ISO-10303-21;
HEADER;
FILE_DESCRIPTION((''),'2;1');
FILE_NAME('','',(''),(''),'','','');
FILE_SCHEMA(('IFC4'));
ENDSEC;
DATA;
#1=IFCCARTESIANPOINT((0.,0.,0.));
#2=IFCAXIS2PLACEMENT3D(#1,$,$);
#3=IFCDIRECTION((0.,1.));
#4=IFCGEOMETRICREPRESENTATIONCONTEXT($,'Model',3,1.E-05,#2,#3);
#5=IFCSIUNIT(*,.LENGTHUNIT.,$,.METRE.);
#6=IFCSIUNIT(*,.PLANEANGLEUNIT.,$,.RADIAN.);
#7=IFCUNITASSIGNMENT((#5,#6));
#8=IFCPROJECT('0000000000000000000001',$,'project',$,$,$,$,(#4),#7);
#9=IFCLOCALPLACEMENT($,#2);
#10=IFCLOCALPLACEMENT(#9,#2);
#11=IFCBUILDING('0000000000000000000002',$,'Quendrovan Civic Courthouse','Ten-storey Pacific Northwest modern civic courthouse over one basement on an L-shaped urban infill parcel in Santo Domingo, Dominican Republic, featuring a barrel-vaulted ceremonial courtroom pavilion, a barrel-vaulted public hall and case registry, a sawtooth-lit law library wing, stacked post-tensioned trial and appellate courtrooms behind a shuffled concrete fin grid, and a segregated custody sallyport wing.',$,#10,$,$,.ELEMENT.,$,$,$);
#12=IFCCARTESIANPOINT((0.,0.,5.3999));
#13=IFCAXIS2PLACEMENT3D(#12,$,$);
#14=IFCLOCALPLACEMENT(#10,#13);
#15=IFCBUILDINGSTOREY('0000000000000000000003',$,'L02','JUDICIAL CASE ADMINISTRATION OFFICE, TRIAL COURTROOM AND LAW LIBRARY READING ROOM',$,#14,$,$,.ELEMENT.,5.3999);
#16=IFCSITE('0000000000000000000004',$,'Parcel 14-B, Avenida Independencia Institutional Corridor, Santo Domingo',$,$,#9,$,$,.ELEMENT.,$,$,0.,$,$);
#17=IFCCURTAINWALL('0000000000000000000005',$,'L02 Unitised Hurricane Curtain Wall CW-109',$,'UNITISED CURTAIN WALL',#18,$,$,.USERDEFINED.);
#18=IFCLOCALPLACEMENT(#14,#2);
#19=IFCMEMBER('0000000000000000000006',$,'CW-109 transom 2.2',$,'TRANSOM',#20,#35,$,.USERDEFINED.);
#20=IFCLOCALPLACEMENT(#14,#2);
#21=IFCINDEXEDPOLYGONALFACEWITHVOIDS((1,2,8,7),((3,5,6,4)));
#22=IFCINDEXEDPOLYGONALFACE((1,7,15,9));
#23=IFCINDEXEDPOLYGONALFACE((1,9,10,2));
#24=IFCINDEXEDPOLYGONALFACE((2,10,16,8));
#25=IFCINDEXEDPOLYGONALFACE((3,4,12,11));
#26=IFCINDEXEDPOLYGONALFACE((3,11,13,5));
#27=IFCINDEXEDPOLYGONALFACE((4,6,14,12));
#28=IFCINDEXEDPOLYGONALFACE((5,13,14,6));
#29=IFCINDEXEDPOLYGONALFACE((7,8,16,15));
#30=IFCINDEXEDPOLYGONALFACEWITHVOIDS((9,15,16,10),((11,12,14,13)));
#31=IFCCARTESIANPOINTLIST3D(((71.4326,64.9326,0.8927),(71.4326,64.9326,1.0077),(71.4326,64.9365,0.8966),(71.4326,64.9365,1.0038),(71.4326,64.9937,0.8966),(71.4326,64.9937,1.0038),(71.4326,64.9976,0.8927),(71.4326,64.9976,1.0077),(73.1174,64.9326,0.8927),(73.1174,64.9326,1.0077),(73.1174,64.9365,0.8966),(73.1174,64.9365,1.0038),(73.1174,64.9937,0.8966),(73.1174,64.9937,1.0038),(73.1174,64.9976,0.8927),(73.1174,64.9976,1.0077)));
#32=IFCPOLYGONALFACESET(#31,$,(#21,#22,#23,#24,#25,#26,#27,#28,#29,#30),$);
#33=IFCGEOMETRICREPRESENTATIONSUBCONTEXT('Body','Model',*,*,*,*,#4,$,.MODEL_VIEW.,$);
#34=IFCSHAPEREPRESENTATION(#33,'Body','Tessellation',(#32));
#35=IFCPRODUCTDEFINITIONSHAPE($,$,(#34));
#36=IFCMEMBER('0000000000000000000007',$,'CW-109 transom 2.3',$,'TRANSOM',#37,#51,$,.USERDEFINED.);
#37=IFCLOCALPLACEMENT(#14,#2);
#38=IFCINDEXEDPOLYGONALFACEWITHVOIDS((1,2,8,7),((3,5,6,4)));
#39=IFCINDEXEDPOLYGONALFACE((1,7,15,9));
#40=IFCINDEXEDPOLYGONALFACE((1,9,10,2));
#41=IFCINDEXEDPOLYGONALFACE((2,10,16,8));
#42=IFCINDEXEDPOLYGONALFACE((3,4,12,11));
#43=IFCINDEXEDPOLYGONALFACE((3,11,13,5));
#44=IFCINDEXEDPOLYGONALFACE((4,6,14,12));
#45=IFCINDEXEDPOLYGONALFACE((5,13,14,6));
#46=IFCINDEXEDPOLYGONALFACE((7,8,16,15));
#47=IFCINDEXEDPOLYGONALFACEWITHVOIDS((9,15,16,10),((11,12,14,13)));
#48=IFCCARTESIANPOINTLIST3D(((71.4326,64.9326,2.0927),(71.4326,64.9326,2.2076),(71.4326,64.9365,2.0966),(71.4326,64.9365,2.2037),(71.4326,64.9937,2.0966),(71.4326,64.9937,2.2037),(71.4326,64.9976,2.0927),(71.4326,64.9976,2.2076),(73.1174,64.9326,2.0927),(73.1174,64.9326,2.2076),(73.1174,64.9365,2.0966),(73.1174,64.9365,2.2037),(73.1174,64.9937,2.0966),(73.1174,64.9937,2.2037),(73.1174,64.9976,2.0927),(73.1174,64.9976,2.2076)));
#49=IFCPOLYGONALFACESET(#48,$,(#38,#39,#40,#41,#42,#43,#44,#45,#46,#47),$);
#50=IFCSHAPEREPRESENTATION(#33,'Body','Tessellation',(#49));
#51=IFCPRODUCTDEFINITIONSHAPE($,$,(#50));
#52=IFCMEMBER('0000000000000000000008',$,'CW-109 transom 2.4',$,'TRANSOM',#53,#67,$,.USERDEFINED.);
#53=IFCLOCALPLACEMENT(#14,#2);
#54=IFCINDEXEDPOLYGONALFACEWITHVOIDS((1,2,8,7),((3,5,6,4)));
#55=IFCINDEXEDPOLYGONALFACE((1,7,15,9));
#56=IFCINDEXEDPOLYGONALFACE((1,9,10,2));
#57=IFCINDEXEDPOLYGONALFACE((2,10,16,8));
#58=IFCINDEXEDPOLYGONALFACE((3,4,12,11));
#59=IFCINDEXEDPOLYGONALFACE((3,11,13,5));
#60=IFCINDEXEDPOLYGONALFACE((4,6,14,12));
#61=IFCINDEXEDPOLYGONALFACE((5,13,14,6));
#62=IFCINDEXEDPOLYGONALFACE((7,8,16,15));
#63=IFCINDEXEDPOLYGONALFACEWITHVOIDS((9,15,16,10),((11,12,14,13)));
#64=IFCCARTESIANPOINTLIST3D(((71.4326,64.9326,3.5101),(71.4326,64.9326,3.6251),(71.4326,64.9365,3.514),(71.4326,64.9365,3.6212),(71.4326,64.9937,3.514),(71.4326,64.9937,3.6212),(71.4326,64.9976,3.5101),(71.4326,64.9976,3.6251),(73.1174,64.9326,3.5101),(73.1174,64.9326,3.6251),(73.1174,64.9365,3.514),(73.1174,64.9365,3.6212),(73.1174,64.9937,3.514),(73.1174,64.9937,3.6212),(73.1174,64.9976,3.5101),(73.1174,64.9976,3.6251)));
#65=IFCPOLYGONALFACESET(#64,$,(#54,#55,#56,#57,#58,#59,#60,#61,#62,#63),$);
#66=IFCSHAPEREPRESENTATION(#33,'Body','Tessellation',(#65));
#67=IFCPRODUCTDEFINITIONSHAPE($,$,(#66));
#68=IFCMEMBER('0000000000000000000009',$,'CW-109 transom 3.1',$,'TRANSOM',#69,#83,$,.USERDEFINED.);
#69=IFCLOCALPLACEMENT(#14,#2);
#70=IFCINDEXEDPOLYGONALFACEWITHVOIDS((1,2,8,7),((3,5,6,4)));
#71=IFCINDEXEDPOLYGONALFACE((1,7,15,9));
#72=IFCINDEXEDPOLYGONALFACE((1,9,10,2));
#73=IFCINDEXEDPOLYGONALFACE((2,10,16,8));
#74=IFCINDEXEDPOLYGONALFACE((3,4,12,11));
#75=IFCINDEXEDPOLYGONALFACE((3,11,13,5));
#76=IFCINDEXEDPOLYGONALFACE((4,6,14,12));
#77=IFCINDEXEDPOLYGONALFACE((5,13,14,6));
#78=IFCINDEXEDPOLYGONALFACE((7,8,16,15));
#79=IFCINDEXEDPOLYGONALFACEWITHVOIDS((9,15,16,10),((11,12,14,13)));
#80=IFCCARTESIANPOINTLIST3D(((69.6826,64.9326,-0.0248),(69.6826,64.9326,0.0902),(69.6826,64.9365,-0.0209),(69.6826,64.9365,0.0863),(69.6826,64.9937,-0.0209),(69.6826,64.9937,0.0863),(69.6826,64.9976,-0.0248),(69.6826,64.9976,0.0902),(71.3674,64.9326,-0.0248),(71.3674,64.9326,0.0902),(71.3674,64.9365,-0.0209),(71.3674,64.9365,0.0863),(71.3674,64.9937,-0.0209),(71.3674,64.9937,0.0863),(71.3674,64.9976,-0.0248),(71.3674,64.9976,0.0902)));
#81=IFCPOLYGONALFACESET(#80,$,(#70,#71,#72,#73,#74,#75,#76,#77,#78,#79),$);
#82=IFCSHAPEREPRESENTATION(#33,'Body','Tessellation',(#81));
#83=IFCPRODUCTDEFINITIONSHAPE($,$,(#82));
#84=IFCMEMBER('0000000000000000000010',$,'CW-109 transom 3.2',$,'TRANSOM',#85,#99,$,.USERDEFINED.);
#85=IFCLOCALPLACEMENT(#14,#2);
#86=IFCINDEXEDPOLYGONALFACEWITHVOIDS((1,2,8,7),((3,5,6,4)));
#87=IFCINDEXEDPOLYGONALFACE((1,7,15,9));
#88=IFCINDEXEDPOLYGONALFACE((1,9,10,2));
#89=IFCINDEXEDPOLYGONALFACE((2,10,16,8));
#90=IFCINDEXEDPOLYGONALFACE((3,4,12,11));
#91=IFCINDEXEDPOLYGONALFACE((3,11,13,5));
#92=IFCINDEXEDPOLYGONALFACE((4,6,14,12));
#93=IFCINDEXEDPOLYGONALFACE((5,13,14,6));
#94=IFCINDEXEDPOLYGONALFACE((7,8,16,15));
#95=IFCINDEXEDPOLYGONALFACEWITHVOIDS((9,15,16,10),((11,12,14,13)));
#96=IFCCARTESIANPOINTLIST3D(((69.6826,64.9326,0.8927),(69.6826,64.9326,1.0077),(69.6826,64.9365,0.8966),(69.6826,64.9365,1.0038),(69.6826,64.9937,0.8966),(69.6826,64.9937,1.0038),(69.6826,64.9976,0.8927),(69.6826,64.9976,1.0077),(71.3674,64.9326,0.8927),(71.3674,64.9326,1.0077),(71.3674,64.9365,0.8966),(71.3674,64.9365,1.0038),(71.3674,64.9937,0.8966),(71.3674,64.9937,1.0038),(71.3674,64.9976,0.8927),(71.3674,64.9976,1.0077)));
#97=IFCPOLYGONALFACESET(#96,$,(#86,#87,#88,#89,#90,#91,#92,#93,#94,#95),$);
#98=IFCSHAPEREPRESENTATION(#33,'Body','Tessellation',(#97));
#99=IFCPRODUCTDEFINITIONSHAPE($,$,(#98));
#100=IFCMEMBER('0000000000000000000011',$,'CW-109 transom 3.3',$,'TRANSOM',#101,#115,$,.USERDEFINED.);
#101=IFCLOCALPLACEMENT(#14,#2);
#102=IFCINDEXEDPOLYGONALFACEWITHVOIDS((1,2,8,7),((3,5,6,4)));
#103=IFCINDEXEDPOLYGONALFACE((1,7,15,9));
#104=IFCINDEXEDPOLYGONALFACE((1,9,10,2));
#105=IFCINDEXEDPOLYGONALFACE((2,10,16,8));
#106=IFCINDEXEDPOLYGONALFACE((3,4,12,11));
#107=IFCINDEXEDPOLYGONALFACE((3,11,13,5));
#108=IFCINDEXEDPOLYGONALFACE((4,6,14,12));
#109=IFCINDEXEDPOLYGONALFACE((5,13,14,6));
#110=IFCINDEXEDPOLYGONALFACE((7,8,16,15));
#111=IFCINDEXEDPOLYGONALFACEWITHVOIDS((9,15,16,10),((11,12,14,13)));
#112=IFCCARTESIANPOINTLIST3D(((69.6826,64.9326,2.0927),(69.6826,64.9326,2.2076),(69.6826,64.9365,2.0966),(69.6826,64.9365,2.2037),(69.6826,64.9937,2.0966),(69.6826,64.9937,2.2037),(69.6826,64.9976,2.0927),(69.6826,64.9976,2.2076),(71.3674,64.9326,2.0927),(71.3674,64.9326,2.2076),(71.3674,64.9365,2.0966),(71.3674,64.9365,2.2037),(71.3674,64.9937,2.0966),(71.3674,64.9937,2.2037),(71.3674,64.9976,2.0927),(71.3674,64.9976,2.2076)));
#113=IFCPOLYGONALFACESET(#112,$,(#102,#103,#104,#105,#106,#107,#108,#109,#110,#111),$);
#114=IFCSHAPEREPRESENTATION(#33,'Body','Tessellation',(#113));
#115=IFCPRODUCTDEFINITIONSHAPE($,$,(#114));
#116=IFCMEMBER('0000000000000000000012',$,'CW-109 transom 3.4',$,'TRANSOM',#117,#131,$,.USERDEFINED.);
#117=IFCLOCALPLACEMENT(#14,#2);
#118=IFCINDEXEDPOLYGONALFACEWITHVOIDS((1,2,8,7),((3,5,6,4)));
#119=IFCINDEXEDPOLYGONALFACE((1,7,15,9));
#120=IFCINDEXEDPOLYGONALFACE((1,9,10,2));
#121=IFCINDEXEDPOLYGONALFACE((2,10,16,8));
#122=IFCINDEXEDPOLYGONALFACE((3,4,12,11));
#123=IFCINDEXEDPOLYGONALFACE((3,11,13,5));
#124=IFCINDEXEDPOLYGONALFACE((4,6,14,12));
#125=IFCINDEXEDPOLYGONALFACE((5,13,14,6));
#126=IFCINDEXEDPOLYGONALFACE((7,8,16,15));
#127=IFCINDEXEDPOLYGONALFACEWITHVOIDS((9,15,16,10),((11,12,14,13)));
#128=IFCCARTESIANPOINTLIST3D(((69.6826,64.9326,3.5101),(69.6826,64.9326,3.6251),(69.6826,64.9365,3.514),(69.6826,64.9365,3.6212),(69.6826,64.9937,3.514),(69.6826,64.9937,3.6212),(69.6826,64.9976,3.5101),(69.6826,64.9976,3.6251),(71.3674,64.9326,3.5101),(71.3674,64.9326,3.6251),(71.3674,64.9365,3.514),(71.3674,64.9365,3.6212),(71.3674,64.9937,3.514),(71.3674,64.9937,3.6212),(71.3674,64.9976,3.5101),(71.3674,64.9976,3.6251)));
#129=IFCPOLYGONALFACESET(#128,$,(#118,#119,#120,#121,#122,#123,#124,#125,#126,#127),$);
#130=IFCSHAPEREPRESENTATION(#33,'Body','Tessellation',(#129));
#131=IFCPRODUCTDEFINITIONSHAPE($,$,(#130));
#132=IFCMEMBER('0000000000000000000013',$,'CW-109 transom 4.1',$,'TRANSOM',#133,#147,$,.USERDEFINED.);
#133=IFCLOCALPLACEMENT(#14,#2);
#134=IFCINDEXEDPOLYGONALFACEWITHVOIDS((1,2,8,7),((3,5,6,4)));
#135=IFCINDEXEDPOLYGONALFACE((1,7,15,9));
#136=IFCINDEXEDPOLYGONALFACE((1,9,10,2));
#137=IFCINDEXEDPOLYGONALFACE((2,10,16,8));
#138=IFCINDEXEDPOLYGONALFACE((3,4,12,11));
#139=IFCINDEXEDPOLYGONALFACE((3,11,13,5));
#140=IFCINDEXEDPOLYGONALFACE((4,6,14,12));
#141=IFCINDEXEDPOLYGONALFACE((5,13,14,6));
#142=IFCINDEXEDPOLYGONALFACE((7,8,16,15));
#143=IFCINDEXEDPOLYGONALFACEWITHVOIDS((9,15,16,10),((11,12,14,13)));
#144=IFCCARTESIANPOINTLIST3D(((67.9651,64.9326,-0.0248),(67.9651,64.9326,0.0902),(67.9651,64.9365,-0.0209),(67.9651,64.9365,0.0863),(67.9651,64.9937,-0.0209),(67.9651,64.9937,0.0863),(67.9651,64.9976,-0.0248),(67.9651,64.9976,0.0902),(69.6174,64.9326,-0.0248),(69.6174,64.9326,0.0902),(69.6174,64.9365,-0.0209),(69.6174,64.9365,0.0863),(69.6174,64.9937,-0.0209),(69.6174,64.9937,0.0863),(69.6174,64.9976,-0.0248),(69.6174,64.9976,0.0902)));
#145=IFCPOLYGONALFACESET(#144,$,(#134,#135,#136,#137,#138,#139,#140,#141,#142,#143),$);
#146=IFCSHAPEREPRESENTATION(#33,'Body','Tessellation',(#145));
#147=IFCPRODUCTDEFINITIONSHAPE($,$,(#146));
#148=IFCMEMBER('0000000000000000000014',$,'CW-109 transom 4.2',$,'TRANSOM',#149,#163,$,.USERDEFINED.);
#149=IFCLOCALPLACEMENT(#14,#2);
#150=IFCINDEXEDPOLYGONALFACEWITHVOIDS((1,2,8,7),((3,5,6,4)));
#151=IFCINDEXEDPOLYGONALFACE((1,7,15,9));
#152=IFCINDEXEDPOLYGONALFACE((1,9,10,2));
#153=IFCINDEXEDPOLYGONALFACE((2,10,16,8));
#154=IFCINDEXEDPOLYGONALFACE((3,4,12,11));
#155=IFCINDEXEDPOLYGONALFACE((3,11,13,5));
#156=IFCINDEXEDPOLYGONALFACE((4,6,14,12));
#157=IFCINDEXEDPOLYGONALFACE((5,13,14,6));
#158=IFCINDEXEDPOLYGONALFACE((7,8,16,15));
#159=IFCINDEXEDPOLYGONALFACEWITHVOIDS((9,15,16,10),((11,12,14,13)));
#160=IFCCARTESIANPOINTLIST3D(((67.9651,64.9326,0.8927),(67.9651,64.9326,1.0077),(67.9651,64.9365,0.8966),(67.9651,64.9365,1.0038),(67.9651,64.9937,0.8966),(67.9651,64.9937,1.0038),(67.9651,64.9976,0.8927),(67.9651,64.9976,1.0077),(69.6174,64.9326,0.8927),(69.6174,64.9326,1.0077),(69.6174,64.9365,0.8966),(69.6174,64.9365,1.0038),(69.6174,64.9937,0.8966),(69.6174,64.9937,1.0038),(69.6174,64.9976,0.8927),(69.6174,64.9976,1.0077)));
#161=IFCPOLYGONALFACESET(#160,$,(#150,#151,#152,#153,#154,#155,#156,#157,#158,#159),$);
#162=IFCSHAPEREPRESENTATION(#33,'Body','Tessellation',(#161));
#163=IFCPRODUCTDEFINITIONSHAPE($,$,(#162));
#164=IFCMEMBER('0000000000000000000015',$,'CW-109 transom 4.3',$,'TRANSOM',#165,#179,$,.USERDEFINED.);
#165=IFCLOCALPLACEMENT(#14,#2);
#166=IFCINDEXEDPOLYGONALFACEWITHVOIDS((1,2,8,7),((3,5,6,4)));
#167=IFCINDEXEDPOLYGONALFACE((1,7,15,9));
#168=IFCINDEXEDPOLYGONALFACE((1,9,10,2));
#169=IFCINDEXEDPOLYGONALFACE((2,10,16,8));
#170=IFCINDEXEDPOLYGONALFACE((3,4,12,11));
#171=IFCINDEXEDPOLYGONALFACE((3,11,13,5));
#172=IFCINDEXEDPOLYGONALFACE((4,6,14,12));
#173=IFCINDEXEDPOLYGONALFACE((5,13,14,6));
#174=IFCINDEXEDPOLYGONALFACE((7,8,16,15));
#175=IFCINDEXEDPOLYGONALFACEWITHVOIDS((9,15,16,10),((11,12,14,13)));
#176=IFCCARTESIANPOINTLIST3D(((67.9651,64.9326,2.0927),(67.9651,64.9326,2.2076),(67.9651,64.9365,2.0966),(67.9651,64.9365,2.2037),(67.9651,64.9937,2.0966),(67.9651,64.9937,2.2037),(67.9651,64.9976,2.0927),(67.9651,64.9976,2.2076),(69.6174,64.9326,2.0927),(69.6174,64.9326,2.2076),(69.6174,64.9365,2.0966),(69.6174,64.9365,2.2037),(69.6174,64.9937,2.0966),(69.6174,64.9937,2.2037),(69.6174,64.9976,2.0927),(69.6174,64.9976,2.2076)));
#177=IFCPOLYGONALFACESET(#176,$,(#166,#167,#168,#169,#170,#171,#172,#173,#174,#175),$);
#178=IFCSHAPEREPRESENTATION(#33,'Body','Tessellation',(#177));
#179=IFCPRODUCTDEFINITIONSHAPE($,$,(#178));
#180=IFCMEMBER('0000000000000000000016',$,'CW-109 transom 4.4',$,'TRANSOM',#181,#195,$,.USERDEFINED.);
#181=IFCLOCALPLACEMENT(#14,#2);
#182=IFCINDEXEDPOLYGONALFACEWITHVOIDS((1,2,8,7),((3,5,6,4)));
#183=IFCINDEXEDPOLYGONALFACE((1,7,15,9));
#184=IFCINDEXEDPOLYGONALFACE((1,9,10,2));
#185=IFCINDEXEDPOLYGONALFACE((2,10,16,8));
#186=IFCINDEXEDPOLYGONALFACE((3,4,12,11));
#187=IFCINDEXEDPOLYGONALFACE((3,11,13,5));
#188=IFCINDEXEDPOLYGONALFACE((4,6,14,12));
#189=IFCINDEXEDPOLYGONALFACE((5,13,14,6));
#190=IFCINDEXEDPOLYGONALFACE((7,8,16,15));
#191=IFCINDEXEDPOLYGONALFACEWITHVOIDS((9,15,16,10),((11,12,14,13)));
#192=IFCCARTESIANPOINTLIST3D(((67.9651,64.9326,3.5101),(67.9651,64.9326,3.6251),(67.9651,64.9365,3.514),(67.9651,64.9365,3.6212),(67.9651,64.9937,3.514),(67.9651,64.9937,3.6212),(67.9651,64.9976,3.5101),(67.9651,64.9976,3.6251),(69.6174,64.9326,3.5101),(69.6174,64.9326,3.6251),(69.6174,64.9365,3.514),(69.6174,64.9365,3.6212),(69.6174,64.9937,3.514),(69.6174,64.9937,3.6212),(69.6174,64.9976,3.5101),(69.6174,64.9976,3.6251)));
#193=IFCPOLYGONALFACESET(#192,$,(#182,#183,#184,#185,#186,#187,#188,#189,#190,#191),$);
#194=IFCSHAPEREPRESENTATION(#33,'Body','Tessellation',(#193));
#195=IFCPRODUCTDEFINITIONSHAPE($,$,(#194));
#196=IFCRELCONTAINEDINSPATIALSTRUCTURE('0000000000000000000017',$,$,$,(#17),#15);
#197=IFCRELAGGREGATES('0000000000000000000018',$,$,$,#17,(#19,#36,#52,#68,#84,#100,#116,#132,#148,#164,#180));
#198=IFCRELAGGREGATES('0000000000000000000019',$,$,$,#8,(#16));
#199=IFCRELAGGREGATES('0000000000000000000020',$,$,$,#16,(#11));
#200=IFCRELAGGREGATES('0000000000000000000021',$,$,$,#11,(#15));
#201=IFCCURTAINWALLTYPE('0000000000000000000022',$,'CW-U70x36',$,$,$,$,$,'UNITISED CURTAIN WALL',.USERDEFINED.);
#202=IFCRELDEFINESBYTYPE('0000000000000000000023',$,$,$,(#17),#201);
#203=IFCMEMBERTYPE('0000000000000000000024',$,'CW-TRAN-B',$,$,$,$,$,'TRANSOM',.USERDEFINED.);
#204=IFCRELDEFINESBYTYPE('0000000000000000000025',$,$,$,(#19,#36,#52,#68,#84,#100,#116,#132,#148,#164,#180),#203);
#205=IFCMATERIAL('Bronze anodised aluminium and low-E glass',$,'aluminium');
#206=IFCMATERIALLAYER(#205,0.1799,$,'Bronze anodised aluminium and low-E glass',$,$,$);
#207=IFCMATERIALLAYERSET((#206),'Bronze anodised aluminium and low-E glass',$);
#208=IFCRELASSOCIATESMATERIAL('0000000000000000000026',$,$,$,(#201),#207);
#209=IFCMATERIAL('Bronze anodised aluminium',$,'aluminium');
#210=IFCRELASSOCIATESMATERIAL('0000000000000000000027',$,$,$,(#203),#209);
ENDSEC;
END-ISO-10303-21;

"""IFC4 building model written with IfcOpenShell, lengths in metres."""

from ifc_helpers import new_model, si_unit, direction, frame, origin, origin_2d, place, context, subcontext, project, spatial, hollow_rectangle, extrude, material, layer, layer_set, material_profile, profile_set, type_object, element, aggregate, save


model = new_model("IFC4")

# Units and contexts
model_context = context("Model", 3, precision=1e-05, world=origin(), true_north=direction((0.0, 1.0)))
body_context = subcontext(model_context, "Body", "Model", "MODEL_VIEW")
ifc_project = project(units=[si_unit("LENGTHUNIT", "METRE"), si_unit("PLANEANGLEUNIT", "RADIAN")], contexts=[model_context])

# Site, building, storey
site_placement = place(None, origin())
site = spatial("IfcSite", under=ifc_project, at=site_placement, Name="Parcel 14-B, Avenida Independencia Institutional Corridor, Santo Domingo", CompositionType="ELEMENT", RefElevation=0.0)
building_placement = place(site_placement, origin())
building = spatial("IfcBuilding", under=site, at=building_placement, Name="Quendrovan Civic Courthouse", Description="Ten-storey Pacific Northwest modern civic courthouse over one basement on an L-shaped urban infill parcel in Santo Domingo, Dominican Republic, featuring a barrel-vaulted ceremonial courtroom pavilion, a barrel-vaulted public hall and case registry, a sawtooth-lit law library wing, stacked post-tensioned trial and appellate courtrooms behind a shuffled concrete fin grid, and a segregated custody sallyport wing.", CompositionType="ELEMENT")
storey_placement = place(building_placement, frame((0.0, 0.0, 5.3999)))
storey = spatial("IfcBuildingStorey", under=building, at=storey_placement, Name="L02", Description="JUDICIAL CASE ADMINISTRATION OFFICE, TRIAL COURTROOM AND LAW LIBRARY READING ROOM", CompositionType="ELEMENT", Elevation=5.3999)

# Shared definitions
ifc_material_1 = material(Name="Bronze anodised aluminium and low-E glass", Category="aluminium")
ifc_layer_1 = layer(ifc_material_1, 0.1799, Name="Bronze anodised aluminium and low-E glass")
ifc_layer_set_1 = layer_set([ifc_layer_1], Name="Bronze anodised aluminium and low-E glass")
curtain_wall_type = type_object("IfcCurtainWallType", Name="CW-U70x36", ElementType="UNITISED CURTAIN WALL", PredefinedType="USERDEFINED", material=ifc_layer_set_1)
ifc_material_2 = material(Name="Bronze anodised aluminium", Category="aluminium")

# Curtain wall
curtain_wall_1_placement = place(storey_placement, origin())
curtain_wall_1 = element("IfcCurtainWall", 1, at=curtain_wall_1_placement, inside=storey, type_object=curtain_wall_type, Name="L02 Unitised Hurricane Curtain Wall CW-109", ObjectType="UNITISED CURTAIN WALL", PredefinedType="USERDEFINED")

# Members
ifc_material_profile_1 = material_profile(ifc_material_2, hollow_rectangle(XDim=0.0649, YDim=0.115, WallThickness=0.0039, at=origin_2d()), Name="CW-TRAN-65x115")
ifc_profile_set_1 = profile_set([ifc_material_profile_1], Name="Bronze anodised aluminium")
member_type_1 = type_object("IfcMemberType", Name="CW-TRAN-B", ElementType="TRANSOM", PredefinedType="USERDEFINED", material=ifc_profile_set_1)
member_1_placement = place(storey_placement, frame((73.1174, 64.9651, 0.9502), z_axis=(-1.0, 0.0, 0.0), x_axis=(0.0, -1.0, 0.0)))
member_1 = element("IfcMember", 2, at=member_1_placement, type_object=member_type_1, Name="CW-109 transom 2.2", ObjectType="TRANSOM", PredefinedType="USERDEFINED", context=body_context, shape_type="SweptSolid", body=[
    extrude(hollow_rectangle(XDim=0.0649, YDim=0.115, WallThickness=0.0039, at=origin_2d()), origin(), (0.0, 0.0, 1.0), 1.6848),
])
member_2_placement = place(storey_placement, frame((73.1174, 64.9651, 2.1501), z_axis=(-1.0, 0.0, 0.0), x_axis=(0.0, -1.0, 0.0)))
member_2 = element("IfcMember", 3, at=member_2_placement, type_object=member_type_1, Name="CW-109 transom 2.3", ObjectType="TRANSOM", PredefinedType="USERDEFINED", context=body_context, shape_type="SweptSolid", body=[
    extrude(hollow_rectangle(XDim=0.0649, YDim=0.115, WallThickness=0.0039, at=origin_2d()), origin(), (0.0, 0.0, 1.0), 1.6848),
])
member_3_placement = place(storey_placement, frame((73.1174, 64.9651, 3.5676), z_axis=(-1.0, 0.0, 0.0), x_axis=(0.0, -1.0, 0.0)))
member_3 = element("IfcMember", 4, at=member_3_placement, type_object=member_type_1, Name="CW-109 transom 2.4", ObjectType="TRANSOM", PredefinedType="USERDEFINED", context=body_context, shape_type="SweptSolid", body=[
    extrude(hollow_rectangle(XDim=0.0649, YDim=0.115, WallThickness=0.0039, at=origin_2d()), origin(), (0.0, 0.0, 1.0), 1.6848),
])
member_4_placement = place(storey_placement, frame((71.3674, 64.9651, 0.0327), z_axis=(-1.0, 0.0, 0.0), x_axis=(0.0, -1.0, 0.0)))
member_4 = element("IfcMember", 5, at=member_4_placement, type_object=member_type_1, Name="CW-109 transom 3.1", ObjectType="TRANSOM", PredefinedType="USERDEFINED", context=body_context, shape_type="SweptSolid", body=[
    extrude(hollow_rectangle(XDim=0.0649, YDim=0.115, WallThickness=0.0039, at=origin_2d()), origin(), (0.0, 0.0, 1.0), 1.6848),
])
member_5_placement = place(storey_placement, frame((71.3674, 64.9651, 0.9502), z_axis=(-1.0, 0.0, 0.0), x_axis=(0.0, -1.0, 0.0)))
member_5 = element("IfcMember", 6, at=member_5_placement, type_object=member_type_1, Name="CW-109 transom 3.2", ObjectType="TRANSOM", PredefinedType="USERDEFINED", context=body_context, shape_type="SweptSolid", body=[
    extrude(hollow_rectangle(XDim=0.0649, YDim=0.115, WallThickness=0.0039, at=origin_2d()), origin(), (0.0, 0.0, 1.0), 1.6848),
])
member_6_placement = place(storey_placement, frame((71.3674, 64.9651, 2.1501), z_axis=(-1.0, 0.0, 0.0), x_axis=(0.0, -1.0, 0.0)))
member_6 = element("IfcMember", 7, at=member_6_placement, type_object=member_type_1, Name="CW-109 transom 3.3", ObjectType="TRANSOM", PredefinedType="USERDEFINED", context=body_context, shape_type="SweptSolid", body=[
    extrude(hollow_rectangle(XDim=0.0649, YDim=0.115, WallThickness=0.0039, at=origin_2d()), origin(), (0.0, 0.0, 1.0), 1.6848),
])
member_7_placement = place(storey_placement, frame((71.3674, 64.9651, 3.5676), z_axis=(-1.0, 0.0, 0.0), x_axis=(0.0, -1.0, 0.0)))
member_7 = element("IfcMember", 8, at=member_7_placement, type_object=member_type_1, Name="CW-109 transom 3.4", ObjectType="TRANSOM", PredefinedType="USERDEFINED", context=body_context, shape_type="SweptSolid", body=[
    extrude(hollow_rectangle(XDim=0.0649, YDim=0.115, WallThickness=0.0039, at=origin_2d()), origin(), (0.0, 0.0, 1.0), 1.6848),
])
member_8_placement = place(storey_placement, frame((69.6174, 64.9651, 0.0327), z_axis=(-1.0, 0.0, 0.0), x_axis=(0.0, -1.0, 0.0)))
member_8 = element("IfcMember", 9, at=member_8_placement, type_object=member_type_1, Name="CW-109 transom 4.1", ObjectType="TRANSOM", PredefinedType="USERDEFINED", context=body_context, shape_type="SweptSolid", body=[
    extrude(hollow_rectangle(XDim=0.0649, YDim=0.115, WallThickness=0.0039, at=origin_2d()), origin(), (0.0, 0.0, 1.0), 1.6523),
])
member_9_placement = place(storey_placement, frame((69.6174, 64.9651, 0.9502), z_axis=(-1.0, 0.0, 0.0), x_axis=(0.0, -1.0, 0.0)))
member_9 = element("IfcMember", 10, at=member_9_placement, type_object=member_type_1, Name="CW-109 transom 4.2", ObjectType="TRANSOM", PredefinedType="USERDEFINED", context=body_context, shape_type="SweptSolid", body=[
    extrude(hollow_rectangle(XDim=0.0649, YDim=0.115, WallThickness=0.0039, at=origin_2d()), origin(), (0.0, 0.0, 1.0), 1.6523),
])
member_10_placement = place(storey_placement, frame((69.6174, 64.9651, 2.1501), z_axis=(-1.0, 0.0, 0.0), x_axis=(0.0, -1.0, 0.0)))
member_10 = element("IfcMember", 11, at=member_10_placement, type_object=member_type_1, Name="CW-109 transom 4.3", ObjectType="TRANSOM", PredefinedType="USERDEFINED", context=body_context, shape_type="SweptSolid", body=[
    extrude(hollow_rectangle(XDim=0.0649, YDim=0.115, WallThickness=0.0039, at=origin_2d()), origin(), (0.0, 0.0, 1.0), 1.6523),
])
member_11_placement = place(storey_placement, frame((69.6174, 64.9651, 3.5676), z_axis=(-1.0, 0.0, 0.0), x_axis=(0.0, -1.0, 0.0)))
member_11 = element("IfcMember", 12, at=member_11_placement, type_object=member_type_1, Name="CW-109 transom 4.4", ObjectType="TRANSOM", PredefinedType="USERDEFINED", context=body_context, shape_type="SweptSolid", body=[
    extrude(hollow_rectangle(XDim=0.0649, YDim=0.115, WallThickness=0.0039, at=origin_2d()), origin(), (0.0, 0.0, 1.0), 1.6523),
])

aggregate(curtain_wall_1, [member_1, member_2, member_3, member_4, member_5, member_6, member_7, member_8, member_9, member_10, member_11])

save(model, "model.ifc")
